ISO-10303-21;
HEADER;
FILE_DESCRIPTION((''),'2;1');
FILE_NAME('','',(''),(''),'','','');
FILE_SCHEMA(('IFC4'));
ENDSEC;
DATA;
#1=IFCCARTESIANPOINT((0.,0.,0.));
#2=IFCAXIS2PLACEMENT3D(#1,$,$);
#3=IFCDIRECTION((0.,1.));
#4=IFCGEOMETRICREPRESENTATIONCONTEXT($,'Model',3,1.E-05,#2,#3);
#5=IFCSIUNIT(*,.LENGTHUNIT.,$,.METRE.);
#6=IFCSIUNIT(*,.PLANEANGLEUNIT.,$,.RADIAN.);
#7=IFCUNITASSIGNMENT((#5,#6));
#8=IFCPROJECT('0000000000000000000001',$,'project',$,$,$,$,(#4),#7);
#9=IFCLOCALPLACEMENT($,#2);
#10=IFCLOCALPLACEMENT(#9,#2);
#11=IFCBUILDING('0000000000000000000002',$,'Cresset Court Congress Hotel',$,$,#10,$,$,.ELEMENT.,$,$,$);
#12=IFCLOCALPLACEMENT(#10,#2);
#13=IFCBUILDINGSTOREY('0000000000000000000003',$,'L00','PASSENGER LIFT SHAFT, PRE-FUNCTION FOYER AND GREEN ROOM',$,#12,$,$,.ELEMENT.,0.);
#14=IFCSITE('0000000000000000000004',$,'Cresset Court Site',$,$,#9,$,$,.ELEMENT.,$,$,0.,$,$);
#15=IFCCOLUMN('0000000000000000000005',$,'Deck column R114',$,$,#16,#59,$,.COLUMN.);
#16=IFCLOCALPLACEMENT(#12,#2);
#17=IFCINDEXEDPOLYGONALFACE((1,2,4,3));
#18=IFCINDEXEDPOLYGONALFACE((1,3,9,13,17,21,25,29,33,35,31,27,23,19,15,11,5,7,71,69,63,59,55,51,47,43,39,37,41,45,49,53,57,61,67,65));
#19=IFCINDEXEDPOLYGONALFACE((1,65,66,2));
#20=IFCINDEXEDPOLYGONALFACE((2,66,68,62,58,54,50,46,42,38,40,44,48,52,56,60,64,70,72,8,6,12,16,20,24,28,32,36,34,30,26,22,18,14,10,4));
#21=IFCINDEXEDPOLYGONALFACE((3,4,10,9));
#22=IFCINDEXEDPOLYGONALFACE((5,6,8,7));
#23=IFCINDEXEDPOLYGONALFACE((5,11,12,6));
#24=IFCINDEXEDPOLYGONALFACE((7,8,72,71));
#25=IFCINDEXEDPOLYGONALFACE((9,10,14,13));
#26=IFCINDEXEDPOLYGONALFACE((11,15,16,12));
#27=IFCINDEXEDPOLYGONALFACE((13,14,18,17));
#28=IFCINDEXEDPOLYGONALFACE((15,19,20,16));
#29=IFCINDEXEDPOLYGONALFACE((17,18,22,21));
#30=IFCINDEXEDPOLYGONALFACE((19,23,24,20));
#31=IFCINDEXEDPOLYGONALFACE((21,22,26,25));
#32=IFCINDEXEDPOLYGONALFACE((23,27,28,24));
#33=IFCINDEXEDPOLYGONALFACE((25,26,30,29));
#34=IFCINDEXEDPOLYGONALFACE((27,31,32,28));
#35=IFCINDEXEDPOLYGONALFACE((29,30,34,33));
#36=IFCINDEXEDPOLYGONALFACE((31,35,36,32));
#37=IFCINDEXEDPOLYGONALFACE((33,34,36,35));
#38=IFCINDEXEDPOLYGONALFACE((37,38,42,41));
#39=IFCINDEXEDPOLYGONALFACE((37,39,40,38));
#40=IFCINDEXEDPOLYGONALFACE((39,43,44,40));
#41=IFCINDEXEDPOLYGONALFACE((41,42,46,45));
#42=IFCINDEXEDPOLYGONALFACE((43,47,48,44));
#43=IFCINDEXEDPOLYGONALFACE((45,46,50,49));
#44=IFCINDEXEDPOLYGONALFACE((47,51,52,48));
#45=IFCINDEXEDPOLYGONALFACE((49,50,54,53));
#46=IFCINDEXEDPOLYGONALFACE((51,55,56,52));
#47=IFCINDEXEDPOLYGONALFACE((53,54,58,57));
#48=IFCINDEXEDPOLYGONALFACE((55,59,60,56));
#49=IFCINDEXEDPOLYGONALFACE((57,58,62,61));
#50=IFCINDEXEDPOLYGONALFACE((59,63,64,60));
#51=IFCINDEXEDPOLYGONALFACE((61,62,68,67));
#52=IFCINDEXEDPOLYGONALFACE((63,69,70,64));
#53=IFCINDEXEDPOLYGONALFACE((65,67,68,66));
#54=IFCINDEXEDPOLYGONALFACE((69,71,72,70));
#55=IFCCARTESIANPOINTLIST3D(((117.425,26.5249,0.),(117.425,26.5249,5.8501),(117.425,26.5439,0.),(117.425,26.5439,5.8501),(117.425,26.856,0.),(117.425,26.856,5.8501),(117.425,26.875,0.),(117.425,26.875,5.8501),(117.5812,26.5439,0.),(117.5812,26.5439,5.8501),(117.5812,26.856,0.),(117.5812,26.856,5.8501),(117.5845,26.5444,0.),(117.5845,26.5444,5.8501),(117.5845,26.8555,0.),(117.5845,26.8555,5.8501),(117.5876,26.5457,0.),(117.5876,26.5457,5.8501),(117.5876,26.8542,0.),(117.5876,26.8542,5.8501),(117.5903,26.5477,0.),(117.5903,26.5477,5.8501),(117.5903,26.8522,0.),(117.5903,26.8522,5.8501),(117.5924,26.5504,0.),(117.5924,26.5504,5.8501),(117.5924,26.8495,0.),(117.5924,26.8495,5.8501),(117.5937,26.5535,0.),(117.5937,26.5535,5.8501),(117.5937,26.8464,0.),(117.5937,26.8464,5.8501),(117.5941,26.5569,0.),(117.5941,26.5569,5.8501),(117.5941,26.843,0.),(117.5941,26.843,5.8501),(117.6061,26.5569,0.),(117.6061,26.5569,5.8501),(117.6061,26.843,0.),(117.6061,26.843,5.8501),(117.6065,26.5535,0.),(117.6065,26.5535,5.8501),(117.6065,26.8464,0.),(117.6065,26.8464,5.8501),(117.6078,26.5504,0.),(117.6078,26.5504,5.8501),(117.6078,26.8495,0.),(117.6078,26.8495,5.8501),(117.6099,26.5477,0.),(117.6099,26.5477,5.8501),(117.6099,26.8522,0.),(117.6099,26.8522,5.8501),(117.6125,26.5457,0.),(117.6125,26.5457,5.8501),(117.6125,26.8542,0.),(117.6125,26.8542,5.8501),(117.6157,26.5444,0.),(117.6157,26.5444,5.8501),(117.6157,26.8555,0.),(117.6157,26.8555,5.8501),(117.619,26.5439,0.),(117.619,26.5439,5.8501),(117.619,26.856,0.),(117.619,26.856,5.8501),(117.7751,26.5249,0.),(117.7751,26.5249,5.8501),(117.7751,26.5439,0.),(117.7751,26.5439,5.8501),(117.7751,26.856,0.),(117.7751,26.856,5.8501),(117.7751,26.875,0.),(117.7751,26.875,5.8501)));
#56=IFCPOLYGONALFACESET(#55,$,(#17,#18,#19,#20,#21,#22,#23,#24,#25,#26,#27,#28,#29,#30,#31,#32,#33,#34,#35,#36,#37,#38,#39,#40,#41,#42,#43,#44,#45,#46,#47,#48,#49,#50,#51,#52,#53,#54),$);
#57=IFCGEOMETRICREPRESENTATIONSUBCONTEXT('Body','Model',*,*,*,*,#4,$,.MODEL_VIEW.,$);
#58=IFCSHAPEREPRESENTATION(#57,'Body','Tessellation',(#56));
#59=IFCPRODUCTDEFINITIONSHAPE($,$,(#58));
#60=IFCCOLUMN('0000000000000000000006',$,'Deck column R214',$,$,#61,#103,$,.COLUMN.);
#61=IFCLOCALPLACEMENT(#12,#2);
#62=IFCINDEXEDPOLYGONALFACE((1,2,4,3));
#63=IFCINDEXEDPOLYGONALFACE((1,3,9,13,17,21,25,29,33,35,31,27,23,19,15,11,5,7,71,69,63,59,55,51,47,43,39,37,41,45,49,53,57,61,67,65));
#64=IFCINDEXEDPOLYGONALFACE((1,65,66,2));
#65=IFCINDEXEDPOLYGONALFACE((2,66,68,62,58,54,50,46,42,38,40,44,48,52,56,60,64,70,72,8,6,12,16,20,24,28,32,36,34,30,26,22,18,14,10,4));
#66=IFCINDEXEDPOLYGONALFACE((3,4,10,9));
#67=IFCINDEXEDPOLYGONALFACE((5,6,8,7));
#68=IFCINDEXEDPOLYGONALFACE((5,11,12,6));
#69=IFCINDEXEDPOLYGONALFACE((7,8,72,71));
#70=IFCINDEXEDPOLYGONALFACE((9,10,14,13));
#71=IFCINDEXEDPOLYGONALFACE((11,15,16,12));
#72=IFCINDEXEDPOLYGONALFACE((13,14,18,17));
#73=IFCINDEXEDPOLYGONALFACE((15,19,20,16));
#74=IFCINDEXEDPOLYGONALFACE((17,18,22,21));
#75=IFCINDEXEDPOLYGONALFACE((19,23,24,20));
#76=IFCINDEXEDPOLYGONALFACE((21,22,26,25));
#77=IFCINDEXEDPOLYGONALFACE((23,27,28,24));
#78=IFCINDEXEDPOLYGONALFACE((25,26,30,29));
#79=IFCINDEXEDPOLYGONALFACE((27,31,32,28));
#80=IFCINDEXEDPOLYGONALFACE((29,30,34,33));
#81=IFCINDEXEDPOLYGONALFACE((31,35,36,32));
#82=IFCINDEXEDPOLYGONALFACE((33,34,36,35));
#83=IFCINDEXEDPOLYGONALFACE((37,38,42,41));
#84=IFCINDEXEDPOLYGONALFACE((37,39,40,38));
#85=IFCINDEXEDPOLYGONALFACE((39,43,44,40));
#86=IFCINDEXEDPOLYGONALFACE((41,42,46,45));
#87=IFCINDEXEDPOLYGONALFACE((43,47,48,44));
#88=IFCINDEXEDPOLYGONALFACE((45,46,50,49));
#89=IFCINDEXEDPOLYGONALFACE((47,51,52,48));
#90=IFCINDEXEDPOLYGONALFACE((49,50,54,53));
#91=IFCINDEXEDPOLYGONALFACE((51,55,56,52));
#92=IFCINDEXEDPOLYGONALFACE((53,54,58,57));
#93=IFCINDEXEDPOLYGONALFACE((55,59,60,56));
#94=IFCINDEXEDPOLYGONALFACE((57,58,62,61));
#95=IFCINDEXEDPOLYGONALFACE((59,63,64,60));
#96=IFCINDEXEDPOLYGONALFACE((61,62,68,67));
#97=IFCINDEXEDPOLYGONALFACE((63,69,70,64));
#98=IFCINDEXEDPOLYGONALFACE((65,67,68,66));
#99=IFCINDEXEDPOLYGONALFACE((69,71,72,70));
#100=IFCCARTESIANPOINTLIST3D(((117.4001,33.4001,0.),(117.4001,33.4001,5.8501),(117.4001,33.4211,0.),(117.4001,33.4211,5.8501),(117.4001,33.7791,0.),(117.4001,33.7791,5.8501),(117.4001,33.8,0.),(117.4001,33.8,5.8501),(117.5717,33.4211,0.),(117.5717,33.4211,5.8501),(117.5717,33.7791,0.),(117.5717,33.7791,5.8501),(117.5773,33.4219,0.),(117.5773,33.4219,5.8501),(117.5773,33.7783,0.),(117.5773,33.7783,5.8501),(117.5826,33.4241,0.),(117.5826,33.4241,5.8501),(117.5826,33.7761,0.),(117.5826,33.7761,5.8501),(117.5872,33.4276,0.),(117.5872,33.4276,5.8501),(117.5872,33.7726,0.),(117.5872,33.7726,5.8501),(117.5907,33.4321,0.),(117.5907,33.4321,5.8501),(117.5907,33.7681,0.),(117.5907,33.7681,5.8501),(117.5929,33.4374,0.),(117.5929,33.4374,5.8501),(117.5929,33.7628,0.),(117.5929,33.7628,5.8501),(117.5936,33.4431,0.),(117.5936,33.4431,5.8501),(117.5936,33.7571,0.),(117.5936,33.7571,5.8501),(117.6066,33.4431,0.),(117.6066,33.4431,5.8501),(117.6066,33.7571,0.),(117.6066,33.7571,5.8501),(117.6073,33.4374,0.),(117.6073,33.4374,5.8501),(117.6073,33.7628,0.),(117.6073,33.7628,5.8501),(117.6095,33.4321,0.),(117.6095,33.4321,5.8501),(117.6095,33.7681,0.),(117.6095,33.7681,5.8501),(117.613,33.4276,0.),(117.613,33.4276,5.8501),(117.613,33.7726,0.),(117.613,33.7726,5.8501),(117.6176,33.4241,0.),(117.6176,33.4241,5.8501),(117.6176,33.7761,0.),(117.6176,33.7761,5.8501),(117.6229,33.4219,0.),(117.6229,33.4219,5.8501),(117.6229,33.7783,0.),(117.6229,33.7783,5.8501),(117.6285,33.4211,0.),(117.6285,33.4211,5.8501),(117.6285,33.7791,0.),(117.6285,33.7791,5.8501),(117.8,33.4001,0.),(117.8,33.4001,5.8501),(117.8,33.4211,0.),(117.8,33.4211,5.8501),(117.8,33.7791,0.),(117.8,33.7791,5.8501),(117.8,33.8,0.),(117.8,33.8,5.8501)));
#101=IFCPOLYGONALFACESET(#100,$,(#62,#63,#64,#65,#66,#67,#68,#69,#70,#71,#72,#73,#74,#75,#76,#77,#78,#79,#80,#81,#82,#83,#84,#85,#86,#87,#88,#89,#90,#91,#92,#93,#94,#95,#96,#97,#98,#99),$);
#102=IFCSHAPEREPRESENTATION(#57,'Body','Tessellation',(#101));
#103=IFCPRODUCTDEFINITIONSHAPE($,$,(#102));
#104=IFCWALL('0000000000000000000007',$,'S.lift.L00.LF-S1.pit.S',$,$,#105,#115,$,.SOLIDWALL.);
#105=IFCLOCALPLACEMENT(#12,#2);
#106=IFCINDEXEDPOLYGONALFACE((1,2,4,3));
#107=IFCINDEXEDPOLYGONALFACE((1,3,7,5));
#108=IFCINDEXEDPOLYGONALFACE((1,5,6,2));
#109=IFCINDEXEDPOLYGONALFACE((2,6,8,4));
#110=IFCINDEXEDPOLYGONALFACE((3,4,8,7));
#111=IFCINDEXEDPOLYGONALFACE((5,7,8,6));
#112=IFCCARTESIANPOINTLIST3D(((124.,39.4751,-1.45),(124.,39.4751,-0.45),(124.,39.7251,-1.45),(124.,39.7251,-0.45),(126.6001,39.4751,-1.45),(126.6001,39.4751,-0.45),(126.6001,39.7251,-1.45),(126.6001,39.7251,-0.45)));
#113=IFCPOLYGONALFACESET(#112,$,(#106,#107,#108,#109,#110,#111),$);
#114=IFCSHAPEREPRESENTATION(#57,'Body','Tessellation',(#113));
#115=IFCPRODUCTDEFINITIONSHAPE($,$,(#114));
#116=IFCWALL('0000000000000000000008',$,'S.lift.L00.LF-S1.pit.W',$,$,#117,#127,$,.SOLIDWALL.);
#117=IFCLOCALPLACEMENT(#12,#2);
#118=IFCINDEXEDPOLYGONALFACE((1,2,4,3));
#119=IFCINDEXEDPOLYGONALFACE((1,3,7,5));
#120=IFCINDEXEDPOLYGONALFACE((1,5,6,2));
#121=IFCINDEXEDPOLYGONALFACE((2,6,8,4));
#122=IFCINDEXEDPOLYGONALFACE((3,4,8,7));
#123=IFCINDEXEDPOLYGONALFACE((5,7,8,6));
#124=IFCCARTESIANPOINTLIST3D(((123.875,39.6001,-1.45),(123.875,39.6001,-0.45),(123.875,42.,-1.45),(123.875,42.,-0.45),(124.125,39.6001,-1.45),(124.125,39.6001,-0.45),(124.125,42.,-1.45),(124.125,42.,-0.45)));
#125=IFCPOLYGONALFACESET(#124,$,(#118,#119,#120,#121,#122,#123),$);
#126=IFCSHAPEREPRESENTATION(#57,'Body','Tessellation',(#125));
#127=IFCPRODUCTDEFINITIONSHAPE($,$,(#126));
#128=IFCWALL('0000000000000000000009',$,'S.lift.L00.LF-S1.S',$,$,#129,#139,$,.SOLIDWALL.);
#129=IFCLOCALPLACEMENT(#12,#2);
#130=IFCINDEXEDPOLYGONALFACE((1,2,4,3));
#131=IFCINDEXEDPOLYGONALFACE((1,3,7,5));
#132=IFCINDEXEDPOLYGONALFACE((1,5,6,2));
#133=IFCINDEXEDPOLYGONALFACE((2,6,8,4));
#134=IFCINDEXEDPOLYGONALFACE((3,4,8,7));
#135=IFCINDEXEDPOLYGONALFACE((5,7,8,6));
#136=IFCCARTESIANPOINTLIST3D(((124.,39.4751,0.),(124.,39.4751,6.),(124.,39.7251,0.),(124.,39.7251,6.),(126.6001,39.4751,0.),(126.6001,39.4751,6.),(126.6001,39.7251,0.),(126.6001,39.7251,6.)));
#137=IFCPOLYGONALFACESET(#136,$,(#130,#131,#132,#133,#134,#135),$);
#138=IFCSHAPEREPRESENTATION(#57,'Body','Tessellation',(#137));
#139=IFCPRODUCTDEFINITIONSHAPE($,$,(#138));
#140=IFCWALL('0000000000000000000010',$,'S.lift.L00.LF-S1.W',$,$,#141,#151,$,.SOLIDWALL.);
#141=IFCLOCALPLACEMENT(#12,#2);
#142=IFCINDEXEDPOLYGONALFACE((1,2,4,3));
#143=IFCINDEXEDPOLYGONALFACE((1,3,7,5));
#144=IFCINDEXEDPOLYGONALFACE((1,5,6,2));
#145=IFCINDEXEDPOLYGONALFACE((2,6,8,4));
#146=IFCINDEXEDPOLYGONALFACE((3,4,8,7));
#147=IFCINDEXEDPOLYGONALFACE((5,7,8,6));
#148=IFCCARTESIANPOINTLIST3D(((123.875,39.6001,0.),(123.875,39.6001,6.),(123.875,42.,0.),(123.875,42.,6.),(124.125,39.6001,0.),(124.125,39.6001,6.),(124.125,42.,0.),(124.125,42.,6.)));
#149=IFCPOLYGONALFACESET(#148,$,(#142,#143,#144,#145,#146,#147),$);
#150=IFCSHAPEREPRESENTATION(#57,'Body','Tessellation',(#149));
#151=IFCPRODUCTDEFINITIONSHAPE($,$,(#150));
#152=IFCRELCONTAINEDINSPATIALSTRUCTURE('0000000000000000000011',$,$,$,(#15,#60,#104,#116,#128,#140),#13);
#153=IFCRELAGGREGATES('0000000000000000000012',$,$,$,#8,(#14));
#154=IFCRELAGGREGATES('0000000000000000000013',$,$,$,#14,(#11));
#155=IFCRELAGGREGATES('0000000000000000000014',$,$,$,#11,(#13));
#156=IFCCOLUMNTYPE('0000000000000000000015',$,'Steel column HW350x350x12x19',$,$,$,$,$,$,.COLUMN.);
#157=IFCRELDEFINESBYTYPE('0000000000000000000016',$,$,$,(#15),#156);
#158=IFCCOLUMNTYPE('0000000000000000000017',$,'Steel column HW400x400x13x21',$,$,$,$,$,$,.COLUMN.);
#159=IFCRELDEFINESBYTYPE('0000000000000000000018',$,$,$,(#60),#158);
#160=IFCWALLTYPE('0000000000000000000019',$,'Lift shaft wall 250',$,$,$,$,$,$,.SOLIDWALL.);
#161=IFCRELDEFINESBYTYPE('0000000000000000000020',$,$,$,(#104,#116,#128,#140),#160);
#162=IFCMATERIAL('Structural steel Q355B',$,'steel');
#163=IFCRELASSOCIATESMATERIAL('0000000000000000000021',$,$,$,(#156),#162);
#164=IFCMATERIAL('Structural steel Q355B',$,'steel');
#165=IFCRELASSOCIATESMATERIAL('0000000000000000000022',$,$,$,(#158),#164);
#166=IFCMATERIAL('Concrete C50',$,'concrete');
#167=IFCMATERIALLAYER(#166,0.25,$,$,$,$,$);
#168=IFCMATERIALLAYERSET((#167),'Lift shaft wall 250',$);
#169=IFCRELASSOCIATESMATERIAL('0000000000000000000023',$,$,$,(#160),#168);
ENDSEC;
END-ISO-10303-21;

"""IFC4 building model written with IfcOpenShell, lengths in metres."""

from ifc_helpers import new_model, si_unit, direction, frame, frame_2d, origin, origin_2d, place, context, subcontext, project, spatial, rectangle, i_section, extrude, material, layer, layer_set, material_profile, profile_set, type_object, element, save


model = new_model("IFC4")

# Units and contexts
model_context = context("Model", 3, precision=1e-05, world=origin(), true_north=direction((0.0, 1.0)))
body_context = subcontext(model_context, "Body", "Model", "MODEL_VIEW")
ifc_project = project(units=[si_unit("LENGTHUNIT", "METRE"), si_unit("PLANEANGLEUNIT", "RADIAN")], contexts=[model_context])

# Site, building, storey
site_placement = place(None, origin())
site = spatial("IfcSite", under=ifc_project, at=site_placement, Name="Cresset Court Site", CompositionType="ELEMENT", RefElevation=0.0)
building_placement = place(site_placement, origin())
building = spatial("IfcBuilding", under=site, at=building_placement, Name="Cresset Court Congress Hotel", CompositionType="ELEMENT")
storey_placement = place(building_placement, origin())
storey = spatial("IfcBuildingStorey", under=building, at=storey_placement, Name="L00", Description="PASSENGER LIFT SHAFT, PRE-FUNCTION FOYER AND GREEN ROOM", CompositionType="ELEMENT", Elevation=0.0)

# Columns
ifc_material_1 = material(Name="Structural steel Q355B", Category="steel")
ifc_material_profile_1 = material_profile(ifc_material_1, i_section(OverallWidth=0.3501, OverallDepth=0.3501, WebThickness=0.012, FlangeThickness=0.019, FilletRadius=0.0129, at=origin_2d()), Name="HW350x350x12x19")
ifc_profile_set_1 = profile_set([ifc_material_profile_1], Name="Structural steel Q355B")
column_type_1 = type_object("IfcColumnType", Name="Steel column HW350x350x12x19", PredefinedType="COLUMN", material=ifc_profile_set_1)
column_1_placement = place(storey_placement, frame((117.6001, 26.7, 0.0), z_axis=(0.0, 0.0, 1.0), x_axis=(1.0, 0.0, 0.0)))
element("IfcColumn", 1, at=column_1_placement, inside=storey, type_object=column_type_1, Name="Deck column R114", PredefinedType="COLUMN", context=body_context, shape_type="SweptSolid", body=[
    extrude(i_section(OverallWidth=0.3501, OverallDepth=0.3501, WebThickness=0.012, FlangeThickness=0.019, FilletRadius=0.0129, at=origin_2d()), origin(), (0.0, 0.0, 1.0), 5.8501),
])
ifc_material_2 = material(Name="Structural steel Q355B", Category="steel")
ifc_material_profile_2 = material_profile(ifc_material_2, i_section(OverallWidth=0.3999, OverallDepth=0.3999, WebThickness=0.0129, FlangeThickness=0.021, FilletRadius=0.022, at=origin_2d()), Name="HW400x400x13x21")
ifc_profile_set_2 = profile_set([ifc_material_profile_2], Name="Structural steel Q355B")
column_type_2 = type_object("IfcColumnType", Name="Steel column HW400x400x13x21", PredefinedType="COLUMN", material=ifc_profile_set_2)
column_2_placement = place(storey_placement, frame((117.6001, 33.6001, 0.0), z_axis=(0.0, 0.0, 1.0), x_axis=(1.0, 0.0, 0.0)))
element("IfcColumn", 2, at=column_2_placement, inside=storey, type_object=column_type_2, Name="Deck column R214", PredefinedType="COLUMN", context=body_context, shape_type="SweptSolid", body=[
    extrude(i_section(OverallWidth=0.3999, OverallDepth=0.3999, WebThickness=0.0129, FlangeThickness=0.021, FilletRadius=0.022, at=origin_2d()), origin(), (0.0, 0.0, 1.0), 5.8501),
])

# Walls
ifc_material_3 = material(Name="Concrete C50", Category="concrete")
ifc_layer = layer(ifc_material_3, 0.25)
ifc_layer_set = layer_set([ifc_layer], Name="Lift shaft wall 250")
wall_type = type_object("IfcWallType", Name="Lift shaft wall 250", PredefinedType="SOLIDWALL", material=ifc_layer_set)
wall_1_placement = place(storey_placement, frame((124.0, 39.6001, -1.45), z_axis=(0.0, 0.0, 1.0), x_axis=(1.0, 0.0, 0.0)))
element("IfcWall", 3, at=wall_1_placement, inside=storey, type_object=wall_type, Name="S.lift.L00.LF-S1.pit.S", PredefinedType="SOLIDWALL", context=body_context, shape_type="SweptSolid", body=[
    extrude(rectangle(XDim=2.6001, YDim=0.25, at=frame_2d((1.3, 0.0))), origin(), (0.0, 0.0, 1.0), 1.0),
])
wall_2_placement = place(storey_placement, frame((124.0, 39.6001, -1.45), z_axis=(0.0, 0.0, 1.0), x_axis=(0.0, 1.0, 0.0)))
element("IfcWall", 4, at=wall_2_placement, inside=storey, type_object=wall_type, Name="S.lift.L00.LF-S1.pit.W", PredefinedType="SOLIDWALL", context=body_context, shape_type="SweptSolid", body=[
    extrude(rectangle(XDim=2.3999, YDim=0.25, at=frame_2d((1.2, 0.0))), origin(), (0.0, 0.0, 1.0), 1.0),
])
wall_3_placement = place(storey_placement, frame((124.0, 39.6001, 0.0), z_axis=(0.0, 0.0, 1.0), x_axis=(1.0, 0.0, 0.0)))
element("IfcWall", 5, at=wall_3_placement, inside=storey, type_object=wall_type, Name="S.lift.L00.LF-S1.S", PredefinedType="SOLIDWALL", context=body_context, shape_type="SweptSolid", body=[
    extrude(rectangle(XDim=2.6001, YDim=0.25, at=frame_2d((1.3, 0.0))), origin(), (0.0, 0.0, 1.0), 6.0),
])
wall_4_placement = place(storey_placement, frame((124.0, 39.6001, 0.0), z_axis=(0.0, 0.0, 1.0), x_axis=(0.0, 1.0, 0.0)))
element("IfcWall", 6, at=wall_4_placement, inside=storey, type_object=wall_type, Name="S.lift.L00.LF-S1.W", PredefinedType="SOLIDWALL", context=body_context, shape_type="SweptSolid", body=[
    extrude(rectangle(XDim=2.3999, YDim=0.25, at=frame_2d((1.2, 0.0))), origin(), (0.0, 0.0, 1.0), 6.0),
])

save(model, "model.ifc")
